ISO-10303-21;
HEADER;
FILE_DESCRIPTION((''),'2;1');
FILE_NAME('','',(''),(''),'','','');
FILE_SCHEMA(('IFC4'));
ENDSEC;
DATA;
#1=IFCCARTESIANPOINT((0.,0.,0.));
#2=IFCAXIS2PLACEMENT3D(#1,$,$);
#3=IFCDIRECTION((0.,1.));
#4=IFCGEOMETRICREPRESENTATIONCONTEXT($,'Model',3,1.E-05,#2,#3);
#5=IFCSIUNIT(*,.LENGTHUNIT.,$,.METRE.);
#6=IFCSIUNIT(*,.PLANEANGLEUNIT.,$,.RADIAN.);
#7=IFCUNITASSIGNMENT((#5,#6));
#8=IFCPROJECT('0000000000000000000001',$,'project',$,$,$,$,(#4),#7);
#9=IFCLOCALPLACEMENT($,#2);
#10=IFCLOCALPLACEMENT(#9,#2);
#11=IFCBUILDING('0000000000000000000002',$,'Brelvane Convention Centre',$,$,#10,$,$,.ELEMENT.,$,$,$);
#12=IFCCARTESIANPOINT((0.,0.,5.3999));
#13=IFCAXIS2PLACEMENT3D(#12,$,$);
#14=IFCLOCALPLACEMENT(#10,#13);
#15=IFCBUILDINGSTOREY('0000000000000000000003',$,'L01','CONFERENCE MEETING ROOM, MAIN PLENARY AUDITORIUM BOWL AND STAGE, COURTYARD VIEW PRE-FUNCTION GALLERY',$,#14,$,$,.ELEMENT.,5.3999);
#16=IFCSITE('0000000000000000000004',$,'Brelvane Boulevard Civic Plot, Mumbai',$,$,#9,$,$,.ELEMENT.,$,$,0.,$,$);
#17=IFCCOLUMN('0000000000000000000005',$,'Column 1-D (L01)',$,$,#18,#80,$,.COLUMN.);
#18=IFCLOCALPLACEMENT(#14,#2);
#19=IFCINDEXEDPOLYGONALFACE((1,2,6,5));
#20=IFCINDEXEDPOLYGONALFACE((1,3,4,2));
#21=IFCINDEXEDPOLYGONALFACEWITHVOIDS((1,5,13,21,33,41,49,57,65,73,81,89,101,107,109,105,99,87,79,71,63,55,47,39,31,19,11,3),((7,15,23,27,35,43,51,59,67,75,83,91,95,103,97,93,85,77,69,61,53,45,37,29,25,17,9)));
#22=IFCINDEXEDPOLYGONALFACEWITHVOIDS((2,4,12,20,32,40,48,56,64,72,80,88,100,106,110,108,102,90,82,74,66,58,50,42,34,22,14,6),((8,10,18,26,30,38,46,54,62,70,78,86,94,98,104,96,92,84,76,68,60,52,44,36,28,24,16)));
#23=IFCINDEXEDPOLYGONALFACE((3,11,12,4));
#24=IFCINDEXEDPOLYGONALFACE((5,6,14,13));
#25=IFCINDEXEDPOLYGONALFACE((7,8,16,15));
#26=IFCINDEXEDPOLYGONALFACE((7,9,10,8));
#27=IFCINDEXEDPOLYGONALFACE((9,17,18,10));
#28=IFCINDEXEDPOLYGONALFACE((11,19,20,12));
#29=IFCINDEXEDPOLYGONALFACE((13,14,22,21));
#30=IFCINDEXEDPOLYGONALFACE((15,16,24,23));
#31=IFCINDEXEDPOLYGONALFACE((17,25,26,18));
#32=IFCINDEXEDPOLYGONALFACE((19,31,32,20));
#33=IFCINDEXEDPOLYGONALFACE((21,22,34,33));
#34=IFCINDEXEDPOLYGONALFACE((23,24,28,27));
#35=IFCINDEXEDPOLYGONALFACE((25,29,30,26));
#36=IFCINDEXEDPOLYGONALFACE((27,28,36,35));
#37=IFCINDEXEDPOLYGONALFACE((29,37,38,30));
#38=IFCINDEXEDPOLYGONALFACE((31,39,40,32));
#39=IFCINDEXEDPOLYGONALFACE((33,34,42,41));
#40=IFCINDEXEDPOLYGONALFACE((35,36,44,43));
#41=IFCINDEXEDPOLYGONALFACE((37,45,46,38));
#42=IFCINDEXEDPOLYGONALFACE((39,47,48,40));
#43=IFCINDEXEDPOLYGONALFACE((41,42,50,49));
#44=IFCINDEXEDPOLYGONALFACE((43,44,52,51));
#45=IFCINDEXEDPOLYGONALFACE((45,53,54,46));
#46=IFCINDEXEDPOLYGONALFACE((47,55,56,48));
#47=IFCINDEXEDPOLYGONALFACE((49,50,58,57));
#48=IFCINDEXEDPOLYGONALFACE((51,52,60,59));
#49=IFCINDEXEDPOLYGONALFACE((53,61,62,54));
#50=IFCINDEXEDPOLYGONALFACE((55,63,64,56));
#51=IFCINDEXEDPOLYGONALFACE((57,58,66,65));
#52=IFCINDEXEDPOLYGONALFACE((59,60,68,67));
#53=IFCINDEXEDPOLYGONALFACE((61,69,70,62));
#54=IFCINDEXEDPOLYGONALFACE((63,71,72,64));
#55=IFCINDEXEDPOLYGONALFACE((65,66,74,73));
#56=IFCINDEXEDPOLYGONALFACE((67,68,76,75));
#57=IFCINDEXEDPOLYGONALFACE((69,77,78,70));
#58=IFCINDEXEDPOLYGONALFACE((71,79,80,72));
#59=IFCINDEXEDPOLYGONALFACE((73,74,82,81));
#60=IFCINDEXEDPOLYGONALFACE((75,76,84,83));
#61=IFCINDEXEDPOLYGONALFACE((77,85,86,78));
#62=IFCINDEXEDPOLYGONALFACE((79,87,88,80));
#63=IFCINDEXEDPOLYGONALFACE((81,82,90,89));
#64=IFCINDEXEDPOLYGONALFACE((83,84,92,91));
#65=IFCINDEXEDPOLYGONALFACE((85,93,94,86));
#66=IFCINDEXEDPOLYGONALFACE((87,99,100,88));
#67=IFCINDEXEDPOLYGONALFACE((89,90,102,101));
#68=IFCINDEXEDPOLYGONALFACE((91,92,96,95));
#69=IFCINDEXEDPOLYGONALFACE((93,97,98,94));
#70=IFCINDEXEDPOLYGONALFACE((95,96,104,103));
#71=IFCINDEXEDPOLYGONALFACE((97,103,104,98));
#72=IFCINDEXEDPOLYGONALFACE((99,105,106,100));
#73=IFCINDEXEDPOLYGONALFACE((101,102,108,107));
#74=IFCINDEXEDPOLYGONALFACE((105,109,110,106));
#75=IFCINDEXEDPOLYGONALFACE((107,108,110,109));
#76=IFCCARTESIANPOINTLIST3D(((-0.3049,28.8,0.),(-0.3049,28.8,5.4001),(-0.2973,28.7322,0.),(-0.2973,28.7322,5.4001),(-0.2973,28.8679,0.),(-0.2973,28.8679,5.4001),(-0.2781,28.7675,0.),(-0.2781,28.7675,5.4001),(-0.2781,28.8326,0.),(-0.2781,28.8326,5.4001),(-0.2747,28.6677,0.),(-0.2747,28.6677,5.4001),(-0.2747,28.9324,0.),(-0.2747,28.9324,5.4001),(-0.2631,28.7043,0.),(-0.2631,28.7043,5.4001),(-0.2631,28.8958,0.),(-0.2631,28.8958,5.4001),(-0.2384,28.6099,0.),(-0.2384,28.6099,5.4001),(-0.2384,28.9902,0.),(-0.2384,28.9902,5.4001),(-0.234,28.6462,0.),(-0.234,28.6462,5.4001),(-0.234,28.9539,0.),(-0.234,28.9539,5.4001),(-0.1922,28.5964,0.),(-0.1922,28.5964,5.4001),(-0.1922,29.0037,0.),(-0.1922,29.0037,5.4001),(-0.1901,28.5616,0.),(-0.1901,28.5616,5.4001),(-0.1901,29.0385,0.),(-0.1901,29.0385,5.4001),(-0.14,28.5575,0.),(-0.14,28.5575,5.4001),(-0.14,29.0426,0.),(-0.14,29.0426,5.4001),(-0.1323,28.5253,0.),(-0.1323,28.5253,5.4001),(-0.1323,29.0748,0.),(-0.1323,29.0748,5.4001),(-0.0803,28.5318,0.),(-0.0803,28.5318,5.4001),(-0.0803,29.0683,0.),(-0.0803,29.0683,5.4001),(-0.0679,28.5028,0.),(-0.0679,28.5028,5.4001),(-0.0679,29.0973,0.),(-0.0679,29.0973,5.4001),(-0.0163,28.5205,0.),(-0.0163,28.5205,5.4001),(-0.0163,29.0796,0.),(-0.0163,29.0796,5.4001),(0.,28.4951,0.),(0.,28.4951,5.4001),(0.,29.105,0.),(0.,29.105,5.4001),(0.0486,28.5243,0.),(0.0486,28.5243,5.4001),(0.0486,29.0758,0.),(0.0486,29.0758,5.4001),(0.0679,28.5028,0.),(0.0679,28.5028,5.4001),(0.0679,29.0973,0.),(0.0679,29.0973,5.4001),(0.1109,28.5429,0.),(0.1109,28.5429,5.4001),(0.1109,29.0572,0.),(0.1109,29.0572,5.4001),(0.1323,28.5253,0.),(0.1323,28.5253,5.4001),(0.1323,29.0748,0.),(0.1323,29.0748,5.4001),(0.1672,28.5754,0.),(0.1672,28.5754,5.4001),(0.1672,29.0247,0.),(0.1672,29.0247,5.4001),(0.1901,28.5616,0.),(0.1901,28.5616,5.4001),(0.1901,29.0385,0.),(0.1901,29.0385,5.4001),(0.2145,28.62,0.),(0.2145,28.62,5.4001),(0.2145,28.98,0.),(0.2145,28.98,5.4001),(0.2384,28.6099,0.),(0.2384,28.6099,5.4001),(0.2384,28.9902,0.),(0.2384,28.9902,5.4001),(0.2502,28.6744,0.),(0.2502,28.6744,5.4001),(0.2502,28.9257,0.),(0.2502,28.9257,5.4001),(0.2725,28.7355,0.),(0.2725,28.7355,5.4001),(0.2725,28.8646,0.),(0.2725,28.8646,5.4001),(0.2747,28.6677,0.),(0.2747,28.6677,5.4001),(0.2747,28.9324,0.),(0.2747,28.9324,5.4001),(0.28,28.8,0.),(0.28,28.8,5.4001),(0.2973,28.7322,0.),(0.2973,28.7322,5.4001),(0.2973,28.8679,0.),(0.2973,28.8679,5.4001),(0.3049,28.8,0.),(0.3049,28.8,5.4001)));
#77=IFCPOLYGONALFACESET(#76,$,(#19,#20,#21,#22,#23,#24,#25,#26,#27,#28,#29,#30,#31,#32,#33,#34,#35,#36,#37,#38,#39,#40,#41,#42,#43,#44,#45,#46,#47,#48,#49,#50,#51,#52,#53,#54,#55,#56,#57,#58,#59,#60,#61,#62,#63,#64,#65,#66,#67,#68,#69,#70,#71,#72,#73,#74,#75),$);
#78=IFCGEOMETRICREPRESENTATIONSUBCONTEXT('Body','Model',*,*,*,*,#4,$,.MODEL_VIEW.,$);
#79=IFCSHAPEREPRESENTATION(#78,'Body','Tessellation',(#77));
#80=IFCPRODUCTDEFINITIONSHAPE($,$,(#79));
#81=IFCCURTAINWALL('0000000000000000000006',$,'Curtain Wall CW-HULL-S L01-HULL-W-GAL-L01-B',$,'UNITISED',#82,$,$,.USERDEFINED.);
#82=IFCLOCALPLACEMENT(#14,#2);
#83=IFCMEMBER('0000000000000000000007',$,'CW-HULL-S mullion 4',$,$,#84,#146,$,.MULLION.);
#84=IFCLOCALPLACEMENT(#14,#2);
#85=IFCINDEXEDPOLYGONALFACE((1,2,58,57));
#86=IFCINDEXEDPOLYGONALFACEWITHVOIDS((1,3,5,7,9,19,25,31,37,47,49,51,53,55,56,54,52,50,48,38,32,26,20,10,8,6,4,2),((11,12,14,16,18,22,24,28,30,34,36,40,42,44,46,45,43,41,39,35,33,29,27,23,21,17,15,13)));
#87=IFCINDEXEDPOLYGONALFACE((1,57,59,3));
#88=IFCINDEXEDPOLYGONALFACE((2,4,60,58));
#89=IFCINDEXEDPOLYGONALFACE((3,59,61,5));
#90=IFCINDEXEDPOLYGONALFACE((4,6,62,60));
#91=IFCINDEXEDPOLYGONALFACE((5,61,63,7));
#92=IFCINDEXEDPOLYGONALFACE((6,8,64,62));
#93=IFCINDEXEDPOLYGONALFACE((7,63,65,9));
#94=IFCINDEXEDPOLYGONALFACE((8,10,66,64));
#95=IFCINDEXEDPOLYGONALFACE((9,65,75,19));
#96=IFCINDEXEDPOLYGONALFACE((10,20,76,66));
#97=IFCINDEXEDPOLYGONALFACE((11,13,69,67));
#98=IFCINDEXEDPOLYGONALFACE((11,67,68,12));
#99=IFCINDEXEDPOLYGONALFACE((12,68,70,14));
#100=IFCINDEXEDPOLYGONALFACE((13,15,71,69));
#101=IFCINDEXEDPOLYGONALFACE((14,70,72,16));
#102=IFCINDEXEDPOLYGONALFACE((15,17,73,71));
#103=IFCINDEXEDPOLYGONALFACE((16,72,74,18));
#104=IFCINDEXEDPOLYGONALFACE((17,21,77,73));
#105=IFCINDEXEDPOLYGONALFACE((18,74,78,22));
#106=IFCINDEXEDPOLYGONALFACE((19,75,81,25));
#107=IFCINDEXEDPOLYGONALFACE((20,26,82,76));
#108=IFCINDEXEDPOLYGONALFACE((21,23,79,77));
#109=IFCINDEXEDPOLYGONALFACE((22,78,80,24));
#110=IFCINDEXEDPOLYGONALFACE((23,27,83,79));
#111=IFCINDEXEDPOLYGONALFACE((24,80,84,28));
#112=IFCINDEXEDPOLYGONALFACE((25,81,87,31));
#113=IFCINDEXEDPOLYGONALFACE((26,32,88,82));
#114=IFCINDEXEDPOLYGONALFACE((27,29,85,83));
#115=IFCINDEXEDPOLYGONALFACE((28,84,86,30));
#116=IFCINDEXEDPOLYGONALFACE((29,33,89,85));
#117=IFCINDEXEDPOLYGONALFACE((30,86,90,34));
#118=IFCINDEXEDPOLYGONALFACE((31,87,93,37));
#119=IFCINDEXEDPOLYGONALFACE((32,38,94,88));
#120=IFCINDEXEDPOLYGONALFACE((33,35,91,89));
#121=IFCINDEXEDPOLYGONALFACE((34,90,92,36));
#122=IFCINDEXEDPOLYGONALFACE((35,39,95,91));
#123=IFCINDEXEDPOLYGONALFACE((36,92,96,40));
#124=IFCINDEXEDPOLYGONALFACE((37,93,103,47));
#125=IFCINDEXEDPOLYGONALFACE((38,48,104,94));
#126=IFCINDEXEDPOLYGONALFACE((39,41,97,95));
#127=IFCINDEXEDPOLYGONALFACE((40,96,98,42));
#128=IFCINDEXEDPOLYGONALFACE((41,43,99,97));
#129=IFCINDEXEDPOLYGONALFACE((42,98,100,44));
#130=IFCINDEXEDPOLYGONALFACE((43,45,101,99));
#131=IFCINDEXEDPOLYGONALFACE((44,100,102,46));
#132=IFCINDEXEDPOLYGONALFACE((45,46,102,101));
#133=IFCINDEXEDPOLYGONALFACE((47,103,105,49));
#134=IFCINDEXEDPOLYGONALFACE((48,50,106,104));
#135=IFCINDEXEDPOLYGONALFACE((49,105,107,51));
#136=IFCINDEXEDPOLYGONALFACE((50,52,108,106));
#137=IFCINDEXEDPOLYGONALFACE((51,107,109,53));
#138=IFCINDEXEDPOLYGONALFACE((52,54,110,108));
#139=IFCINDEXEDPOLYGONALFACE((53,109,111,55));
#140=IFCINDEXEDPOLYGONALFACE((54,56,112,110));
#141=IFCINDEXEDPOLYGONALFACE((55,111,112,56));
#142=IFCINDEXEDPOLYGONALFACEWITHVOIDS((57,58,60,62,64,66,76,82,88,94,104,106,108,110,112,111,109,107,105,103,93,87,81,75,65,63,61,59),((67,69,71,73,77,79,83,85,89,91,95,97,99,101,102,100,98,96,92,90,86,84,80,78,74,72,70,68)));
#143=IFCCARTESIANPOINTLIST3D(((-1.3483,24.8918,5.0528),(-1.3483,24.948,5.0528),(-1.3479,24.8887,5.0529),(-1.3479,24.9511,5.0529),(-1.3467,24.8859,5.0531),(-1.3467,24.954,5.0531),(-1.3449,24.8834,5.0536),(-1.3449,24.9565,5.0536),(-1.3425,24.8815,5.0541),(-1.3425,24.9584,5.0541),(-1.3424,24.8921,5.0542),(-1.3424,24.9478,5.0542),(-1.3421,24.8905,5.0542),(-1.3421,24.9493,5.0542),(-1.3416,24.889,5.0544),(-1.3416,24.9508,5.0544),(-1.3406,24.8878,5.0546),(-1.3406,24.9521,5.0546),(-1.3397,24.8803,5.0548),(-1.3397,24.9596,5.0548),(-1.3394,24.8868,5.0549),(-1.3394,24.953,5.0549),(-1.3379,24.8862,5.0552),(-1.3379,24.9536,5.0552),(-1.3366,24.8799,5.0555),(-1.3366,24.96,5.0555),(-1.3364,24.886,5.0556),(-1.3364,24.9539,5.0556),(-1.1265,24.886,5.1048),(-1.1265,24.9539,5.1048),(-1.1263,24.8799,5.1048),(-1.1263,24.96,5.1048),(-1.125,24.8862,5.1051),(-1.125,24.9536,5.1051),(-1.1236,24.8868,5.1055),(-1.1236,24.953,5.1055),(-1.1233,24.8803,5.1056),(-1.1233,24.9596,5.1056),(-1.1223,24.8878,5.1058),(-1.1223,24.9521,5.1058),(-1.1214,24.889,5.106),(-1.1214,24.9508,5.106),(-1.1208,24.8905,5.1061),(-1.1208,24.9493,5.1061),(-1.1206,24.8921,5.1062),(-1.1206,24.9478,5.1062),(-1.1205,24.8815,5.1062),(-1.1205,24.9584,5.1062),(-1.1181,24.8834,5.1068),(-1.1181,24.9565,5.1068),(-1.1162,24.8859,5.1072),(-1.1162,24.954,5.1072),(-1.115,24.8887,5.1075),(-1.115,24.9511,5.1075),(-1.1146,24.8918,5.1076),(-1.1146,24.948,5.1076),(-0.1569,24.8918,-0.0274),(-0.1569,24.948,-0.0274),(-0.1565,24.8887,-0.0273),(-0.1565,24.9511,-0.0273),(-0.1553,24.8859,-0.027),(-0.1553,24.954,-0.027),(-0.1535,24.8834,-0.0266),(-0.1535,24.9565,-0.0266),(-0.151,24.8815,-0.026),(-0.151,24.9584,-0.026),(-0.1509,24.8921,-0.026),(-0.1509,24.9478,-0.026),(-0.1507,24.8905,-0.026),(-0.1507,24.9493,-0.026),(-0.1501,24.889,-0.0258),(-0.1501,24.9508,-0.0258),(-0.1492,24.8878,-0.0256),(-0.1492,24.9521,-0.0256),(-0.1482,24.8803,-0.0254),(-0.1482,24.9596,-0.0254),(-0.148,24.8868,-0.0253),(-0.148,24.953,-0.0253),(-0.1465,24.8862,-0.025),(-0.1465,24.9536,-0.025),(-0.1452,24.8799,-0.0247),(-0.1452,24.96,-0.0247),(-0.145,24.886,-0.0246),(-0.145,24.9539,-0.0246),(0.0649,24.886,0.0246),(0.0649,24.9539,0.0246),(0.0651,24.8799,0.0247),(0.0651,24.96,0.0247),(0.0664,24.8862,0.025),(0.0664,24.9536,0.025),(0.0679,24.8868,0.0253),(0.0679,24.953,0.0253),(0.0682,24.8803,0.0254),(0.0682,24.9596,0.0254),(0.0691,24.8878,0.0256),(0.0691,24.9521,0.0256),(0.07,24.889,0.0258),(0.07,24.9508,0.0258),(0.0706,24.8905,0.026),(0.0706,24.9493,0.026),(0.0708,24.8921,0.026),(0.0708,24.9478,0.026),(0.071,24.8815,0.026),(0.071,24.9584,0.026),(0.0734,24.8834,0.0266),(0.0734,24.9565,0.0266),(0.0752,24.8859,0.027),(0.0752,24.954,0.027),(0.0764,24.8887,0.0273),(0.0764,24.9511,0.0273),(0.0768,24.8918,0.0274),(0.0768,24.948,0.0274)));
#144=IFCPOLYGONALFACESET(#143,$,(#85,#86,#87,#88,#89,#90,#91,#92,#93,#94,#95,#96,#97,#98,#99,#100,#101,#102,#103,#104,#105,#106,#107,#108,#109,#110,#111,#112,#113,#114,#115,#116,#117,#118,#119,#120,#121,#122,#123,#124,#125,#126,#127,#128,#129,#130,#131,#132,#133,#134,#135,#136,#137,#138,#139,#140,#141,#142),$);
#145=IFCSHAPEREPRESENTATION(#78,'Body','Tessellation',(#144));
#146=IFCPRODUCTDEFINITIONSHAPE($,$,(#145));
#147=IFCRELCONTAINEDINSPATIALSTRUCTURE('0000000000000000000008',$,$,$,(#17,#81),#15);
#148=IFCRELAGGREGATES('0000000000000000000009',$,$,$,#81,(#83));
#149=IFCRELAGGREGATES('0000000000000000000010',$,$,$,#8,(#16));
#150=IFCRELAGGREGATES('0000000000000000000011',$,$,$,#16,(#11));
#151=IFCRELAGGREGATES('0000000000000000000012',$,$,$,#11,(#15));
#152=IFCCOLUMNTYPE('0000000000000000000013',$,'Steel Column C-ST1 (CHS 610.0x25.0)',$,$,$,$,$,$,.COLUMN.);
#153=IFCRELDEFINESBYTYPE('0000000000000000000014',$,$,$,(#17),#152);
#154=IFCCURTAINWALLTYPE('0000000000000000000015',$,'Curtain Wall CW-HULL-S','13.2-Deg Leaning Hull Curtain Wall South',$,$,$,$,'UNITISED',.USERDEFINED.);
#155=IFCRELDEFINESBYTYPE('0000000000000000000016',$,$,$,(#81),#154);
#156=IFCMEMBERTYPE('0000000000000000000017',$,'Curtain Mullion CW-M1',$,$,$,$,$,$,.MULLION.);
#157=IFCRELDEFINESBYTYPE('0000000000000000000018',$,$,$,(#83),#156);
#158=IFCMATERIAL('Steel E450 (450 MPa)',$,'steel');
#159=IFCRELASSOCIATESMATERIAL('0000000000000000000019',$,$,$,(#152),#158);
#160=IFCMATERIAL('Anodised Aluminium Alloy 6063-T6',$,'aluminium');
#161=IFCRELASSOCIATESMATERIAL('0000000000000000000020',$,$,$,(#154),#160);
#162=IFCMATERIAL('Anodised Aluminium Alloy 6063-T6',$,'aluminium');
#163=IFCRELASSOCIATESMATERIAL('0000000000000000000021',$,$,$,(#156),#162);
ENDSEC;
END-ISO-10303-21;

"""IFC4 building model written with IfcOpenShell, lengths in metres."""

from ifc_helpers import new_model, si_unit, direction, frame, origin, origin_2d, place, context, subcontext, project, spatial, hollow_rectangle, hollow_circle, extrude, material, material_profile, profile_set, type_object, element, aggregate, save


model = new_model("IFC4")

# Units and contexts
model_context = context("Model", 3, precision=1e-05, world=origin(), true_north=direction((0.0, 1.0)))
body_context = subcontext(model_context, "Body", "Model", "MODEL_VIEW")
ifc_project = project(units=[si_unit("LENGTHUNIT", "METRE"), si_unit("PLANEANGLEUNIT", "RADIAN")], contexts=[model_context])

# Site, building, storey
site_placement = place(None, origin())
site = spatial("IfcSite", under=ifc_project, at=site_placement, Name="Brelvane Boulevard Civic Plot, Mumbai", CompositionType="ELEMENT", RefElevation=0.0)
building_placement = place(site_placement, origin())
building = spatial("IfcBuilding", under=site, at=building_placement, Name="Brelvane Convention Centre", CompositionType="ELEMENT")
storey_placement = place(building_placement, frame((0.0, 0.0, 5.3999)))
storey = spatial("IfcBuildingStorey", under=building, at=storey_placement, Name="L01", Description="CONFERENCE MEETING ROOM, MAIN PLENARY AUDITORIUM BOWL AND STAGE, COURTYARD VIEW PRE-FUNCTION GALLERY", CompositionType="ELEMENT", Elevation=5.3999)

# Column
ifc_material_1 = material(Name="Steel E450 (450 MPa)", Category="steel")
ifc_material_profile_1 = material_profile(ifc_material_1, hollow_circle(Radius=0.3049, WallThickness=0.0249, at=origin_2d()), Name="CHS 610.0x25.0")
ifc_profile_set_1 = profile_set([ifc_material_profile_1], Name="Steel E450 (450 MPa)")
column_type = type_object("IfcColumnType", Name="Steel Column C-ST1 (CHS 610.0x25.0)", PredefinedType="COLUMN", material=ifc_profile_set_1)
column_placement = place(storey_placement, frame((0.0, 28.8, 0.0), z_axis=(0.0, 0.0, 1.0), x_axis=(1.0, 0.0, 0.0)))
element("IfcColumn", 1, at=column_placement, inside=storey, type_object=column_type, Name="Column 1-D (L01)", PredefinedType="COLUMN", context=body_context, shape_type="SweptSolid", body=[
    extrude(hollow_circle(Radius=0.3049, WallThickness=0.0249, at=origin_2d()), origin(), (0.0, 0.0, 1.0), 5.4001),
])

# Curtain wall, member
ifc_material_2 = material(Name="Anodised Aluminium Alloy 6063-T6", Category="aluminium")
curtain_wall_type = type_object("IfcCurtainWallType", Name="Curtain Wall CW-HULL-S", Description="13.2-Deg Leaning Hull Curtain Wall South", ElementType="UNITISED", PredefinedType="USERDEFINED", material=ifc_material_2)
curtain_wall_1_placement = place(storey_placement, origin())
curtain_wall_1 = element("IfcCurtainWall", 2, at=curtain_wall_1_placement, inside=storey, type_object=curtain_wall_type, Name="Curtain Wall CW-HULL-S L01-HULL-W-GAL-L01-B", ObjectType="UNITISED", PredefinedType="USERDEFINED")
ifc_material_3 = material(Name="Anodised Aluminium Alloy 6063-T6", Category="aluminium")
ifc_material_profile_2 = material_profile(ifc_material_3, hollow_rectangle(XDim=0.0801, YDim=0.24, WallThickness=0.0061, InnerFilletRadius=0.0061, OuterFilletRadius=0.012, at=origin_2d()), Name="ALU-M 240x80x6.0")
ifc_profile_set_2 = profile_set([ifc_material_profile_2], Name="Anodised Aluminium Alloy 6063-T6")
member_type_1 = type_object("IfcMemberType", Name="Curtain Mullion CW-M1", PredefinedType="MULLION", material=ifc_profile_set_2)
member_1_placement = place(storey_placement, frame((-0.04, 24.9199, 0.0), z_axis=(-0.22833, 0.0, 0.973584), x_axis=(0.0, -1.0, 0.0)))
member_1 = element("IfcMember", 3, at=member_1_placement, type_object=member_type_1, Name="CW-HULL-S mullion 4", PredefinedType="MULLION", context=body_context, shape_type="SweptSolid", body=[
    extrude(hollow_rectangle(XDim=0.0801, YDim=0.24, WallThickness=0.0061, InnerFilletRadius=0.0061, OuterFilletRadius=0.012, at=origin_2d()), origin(), (0.0, 0.0, 1.0), 5.218),
])

aggregate(curtain_wall_1, [member_1])

save(model, "model.ifc")
